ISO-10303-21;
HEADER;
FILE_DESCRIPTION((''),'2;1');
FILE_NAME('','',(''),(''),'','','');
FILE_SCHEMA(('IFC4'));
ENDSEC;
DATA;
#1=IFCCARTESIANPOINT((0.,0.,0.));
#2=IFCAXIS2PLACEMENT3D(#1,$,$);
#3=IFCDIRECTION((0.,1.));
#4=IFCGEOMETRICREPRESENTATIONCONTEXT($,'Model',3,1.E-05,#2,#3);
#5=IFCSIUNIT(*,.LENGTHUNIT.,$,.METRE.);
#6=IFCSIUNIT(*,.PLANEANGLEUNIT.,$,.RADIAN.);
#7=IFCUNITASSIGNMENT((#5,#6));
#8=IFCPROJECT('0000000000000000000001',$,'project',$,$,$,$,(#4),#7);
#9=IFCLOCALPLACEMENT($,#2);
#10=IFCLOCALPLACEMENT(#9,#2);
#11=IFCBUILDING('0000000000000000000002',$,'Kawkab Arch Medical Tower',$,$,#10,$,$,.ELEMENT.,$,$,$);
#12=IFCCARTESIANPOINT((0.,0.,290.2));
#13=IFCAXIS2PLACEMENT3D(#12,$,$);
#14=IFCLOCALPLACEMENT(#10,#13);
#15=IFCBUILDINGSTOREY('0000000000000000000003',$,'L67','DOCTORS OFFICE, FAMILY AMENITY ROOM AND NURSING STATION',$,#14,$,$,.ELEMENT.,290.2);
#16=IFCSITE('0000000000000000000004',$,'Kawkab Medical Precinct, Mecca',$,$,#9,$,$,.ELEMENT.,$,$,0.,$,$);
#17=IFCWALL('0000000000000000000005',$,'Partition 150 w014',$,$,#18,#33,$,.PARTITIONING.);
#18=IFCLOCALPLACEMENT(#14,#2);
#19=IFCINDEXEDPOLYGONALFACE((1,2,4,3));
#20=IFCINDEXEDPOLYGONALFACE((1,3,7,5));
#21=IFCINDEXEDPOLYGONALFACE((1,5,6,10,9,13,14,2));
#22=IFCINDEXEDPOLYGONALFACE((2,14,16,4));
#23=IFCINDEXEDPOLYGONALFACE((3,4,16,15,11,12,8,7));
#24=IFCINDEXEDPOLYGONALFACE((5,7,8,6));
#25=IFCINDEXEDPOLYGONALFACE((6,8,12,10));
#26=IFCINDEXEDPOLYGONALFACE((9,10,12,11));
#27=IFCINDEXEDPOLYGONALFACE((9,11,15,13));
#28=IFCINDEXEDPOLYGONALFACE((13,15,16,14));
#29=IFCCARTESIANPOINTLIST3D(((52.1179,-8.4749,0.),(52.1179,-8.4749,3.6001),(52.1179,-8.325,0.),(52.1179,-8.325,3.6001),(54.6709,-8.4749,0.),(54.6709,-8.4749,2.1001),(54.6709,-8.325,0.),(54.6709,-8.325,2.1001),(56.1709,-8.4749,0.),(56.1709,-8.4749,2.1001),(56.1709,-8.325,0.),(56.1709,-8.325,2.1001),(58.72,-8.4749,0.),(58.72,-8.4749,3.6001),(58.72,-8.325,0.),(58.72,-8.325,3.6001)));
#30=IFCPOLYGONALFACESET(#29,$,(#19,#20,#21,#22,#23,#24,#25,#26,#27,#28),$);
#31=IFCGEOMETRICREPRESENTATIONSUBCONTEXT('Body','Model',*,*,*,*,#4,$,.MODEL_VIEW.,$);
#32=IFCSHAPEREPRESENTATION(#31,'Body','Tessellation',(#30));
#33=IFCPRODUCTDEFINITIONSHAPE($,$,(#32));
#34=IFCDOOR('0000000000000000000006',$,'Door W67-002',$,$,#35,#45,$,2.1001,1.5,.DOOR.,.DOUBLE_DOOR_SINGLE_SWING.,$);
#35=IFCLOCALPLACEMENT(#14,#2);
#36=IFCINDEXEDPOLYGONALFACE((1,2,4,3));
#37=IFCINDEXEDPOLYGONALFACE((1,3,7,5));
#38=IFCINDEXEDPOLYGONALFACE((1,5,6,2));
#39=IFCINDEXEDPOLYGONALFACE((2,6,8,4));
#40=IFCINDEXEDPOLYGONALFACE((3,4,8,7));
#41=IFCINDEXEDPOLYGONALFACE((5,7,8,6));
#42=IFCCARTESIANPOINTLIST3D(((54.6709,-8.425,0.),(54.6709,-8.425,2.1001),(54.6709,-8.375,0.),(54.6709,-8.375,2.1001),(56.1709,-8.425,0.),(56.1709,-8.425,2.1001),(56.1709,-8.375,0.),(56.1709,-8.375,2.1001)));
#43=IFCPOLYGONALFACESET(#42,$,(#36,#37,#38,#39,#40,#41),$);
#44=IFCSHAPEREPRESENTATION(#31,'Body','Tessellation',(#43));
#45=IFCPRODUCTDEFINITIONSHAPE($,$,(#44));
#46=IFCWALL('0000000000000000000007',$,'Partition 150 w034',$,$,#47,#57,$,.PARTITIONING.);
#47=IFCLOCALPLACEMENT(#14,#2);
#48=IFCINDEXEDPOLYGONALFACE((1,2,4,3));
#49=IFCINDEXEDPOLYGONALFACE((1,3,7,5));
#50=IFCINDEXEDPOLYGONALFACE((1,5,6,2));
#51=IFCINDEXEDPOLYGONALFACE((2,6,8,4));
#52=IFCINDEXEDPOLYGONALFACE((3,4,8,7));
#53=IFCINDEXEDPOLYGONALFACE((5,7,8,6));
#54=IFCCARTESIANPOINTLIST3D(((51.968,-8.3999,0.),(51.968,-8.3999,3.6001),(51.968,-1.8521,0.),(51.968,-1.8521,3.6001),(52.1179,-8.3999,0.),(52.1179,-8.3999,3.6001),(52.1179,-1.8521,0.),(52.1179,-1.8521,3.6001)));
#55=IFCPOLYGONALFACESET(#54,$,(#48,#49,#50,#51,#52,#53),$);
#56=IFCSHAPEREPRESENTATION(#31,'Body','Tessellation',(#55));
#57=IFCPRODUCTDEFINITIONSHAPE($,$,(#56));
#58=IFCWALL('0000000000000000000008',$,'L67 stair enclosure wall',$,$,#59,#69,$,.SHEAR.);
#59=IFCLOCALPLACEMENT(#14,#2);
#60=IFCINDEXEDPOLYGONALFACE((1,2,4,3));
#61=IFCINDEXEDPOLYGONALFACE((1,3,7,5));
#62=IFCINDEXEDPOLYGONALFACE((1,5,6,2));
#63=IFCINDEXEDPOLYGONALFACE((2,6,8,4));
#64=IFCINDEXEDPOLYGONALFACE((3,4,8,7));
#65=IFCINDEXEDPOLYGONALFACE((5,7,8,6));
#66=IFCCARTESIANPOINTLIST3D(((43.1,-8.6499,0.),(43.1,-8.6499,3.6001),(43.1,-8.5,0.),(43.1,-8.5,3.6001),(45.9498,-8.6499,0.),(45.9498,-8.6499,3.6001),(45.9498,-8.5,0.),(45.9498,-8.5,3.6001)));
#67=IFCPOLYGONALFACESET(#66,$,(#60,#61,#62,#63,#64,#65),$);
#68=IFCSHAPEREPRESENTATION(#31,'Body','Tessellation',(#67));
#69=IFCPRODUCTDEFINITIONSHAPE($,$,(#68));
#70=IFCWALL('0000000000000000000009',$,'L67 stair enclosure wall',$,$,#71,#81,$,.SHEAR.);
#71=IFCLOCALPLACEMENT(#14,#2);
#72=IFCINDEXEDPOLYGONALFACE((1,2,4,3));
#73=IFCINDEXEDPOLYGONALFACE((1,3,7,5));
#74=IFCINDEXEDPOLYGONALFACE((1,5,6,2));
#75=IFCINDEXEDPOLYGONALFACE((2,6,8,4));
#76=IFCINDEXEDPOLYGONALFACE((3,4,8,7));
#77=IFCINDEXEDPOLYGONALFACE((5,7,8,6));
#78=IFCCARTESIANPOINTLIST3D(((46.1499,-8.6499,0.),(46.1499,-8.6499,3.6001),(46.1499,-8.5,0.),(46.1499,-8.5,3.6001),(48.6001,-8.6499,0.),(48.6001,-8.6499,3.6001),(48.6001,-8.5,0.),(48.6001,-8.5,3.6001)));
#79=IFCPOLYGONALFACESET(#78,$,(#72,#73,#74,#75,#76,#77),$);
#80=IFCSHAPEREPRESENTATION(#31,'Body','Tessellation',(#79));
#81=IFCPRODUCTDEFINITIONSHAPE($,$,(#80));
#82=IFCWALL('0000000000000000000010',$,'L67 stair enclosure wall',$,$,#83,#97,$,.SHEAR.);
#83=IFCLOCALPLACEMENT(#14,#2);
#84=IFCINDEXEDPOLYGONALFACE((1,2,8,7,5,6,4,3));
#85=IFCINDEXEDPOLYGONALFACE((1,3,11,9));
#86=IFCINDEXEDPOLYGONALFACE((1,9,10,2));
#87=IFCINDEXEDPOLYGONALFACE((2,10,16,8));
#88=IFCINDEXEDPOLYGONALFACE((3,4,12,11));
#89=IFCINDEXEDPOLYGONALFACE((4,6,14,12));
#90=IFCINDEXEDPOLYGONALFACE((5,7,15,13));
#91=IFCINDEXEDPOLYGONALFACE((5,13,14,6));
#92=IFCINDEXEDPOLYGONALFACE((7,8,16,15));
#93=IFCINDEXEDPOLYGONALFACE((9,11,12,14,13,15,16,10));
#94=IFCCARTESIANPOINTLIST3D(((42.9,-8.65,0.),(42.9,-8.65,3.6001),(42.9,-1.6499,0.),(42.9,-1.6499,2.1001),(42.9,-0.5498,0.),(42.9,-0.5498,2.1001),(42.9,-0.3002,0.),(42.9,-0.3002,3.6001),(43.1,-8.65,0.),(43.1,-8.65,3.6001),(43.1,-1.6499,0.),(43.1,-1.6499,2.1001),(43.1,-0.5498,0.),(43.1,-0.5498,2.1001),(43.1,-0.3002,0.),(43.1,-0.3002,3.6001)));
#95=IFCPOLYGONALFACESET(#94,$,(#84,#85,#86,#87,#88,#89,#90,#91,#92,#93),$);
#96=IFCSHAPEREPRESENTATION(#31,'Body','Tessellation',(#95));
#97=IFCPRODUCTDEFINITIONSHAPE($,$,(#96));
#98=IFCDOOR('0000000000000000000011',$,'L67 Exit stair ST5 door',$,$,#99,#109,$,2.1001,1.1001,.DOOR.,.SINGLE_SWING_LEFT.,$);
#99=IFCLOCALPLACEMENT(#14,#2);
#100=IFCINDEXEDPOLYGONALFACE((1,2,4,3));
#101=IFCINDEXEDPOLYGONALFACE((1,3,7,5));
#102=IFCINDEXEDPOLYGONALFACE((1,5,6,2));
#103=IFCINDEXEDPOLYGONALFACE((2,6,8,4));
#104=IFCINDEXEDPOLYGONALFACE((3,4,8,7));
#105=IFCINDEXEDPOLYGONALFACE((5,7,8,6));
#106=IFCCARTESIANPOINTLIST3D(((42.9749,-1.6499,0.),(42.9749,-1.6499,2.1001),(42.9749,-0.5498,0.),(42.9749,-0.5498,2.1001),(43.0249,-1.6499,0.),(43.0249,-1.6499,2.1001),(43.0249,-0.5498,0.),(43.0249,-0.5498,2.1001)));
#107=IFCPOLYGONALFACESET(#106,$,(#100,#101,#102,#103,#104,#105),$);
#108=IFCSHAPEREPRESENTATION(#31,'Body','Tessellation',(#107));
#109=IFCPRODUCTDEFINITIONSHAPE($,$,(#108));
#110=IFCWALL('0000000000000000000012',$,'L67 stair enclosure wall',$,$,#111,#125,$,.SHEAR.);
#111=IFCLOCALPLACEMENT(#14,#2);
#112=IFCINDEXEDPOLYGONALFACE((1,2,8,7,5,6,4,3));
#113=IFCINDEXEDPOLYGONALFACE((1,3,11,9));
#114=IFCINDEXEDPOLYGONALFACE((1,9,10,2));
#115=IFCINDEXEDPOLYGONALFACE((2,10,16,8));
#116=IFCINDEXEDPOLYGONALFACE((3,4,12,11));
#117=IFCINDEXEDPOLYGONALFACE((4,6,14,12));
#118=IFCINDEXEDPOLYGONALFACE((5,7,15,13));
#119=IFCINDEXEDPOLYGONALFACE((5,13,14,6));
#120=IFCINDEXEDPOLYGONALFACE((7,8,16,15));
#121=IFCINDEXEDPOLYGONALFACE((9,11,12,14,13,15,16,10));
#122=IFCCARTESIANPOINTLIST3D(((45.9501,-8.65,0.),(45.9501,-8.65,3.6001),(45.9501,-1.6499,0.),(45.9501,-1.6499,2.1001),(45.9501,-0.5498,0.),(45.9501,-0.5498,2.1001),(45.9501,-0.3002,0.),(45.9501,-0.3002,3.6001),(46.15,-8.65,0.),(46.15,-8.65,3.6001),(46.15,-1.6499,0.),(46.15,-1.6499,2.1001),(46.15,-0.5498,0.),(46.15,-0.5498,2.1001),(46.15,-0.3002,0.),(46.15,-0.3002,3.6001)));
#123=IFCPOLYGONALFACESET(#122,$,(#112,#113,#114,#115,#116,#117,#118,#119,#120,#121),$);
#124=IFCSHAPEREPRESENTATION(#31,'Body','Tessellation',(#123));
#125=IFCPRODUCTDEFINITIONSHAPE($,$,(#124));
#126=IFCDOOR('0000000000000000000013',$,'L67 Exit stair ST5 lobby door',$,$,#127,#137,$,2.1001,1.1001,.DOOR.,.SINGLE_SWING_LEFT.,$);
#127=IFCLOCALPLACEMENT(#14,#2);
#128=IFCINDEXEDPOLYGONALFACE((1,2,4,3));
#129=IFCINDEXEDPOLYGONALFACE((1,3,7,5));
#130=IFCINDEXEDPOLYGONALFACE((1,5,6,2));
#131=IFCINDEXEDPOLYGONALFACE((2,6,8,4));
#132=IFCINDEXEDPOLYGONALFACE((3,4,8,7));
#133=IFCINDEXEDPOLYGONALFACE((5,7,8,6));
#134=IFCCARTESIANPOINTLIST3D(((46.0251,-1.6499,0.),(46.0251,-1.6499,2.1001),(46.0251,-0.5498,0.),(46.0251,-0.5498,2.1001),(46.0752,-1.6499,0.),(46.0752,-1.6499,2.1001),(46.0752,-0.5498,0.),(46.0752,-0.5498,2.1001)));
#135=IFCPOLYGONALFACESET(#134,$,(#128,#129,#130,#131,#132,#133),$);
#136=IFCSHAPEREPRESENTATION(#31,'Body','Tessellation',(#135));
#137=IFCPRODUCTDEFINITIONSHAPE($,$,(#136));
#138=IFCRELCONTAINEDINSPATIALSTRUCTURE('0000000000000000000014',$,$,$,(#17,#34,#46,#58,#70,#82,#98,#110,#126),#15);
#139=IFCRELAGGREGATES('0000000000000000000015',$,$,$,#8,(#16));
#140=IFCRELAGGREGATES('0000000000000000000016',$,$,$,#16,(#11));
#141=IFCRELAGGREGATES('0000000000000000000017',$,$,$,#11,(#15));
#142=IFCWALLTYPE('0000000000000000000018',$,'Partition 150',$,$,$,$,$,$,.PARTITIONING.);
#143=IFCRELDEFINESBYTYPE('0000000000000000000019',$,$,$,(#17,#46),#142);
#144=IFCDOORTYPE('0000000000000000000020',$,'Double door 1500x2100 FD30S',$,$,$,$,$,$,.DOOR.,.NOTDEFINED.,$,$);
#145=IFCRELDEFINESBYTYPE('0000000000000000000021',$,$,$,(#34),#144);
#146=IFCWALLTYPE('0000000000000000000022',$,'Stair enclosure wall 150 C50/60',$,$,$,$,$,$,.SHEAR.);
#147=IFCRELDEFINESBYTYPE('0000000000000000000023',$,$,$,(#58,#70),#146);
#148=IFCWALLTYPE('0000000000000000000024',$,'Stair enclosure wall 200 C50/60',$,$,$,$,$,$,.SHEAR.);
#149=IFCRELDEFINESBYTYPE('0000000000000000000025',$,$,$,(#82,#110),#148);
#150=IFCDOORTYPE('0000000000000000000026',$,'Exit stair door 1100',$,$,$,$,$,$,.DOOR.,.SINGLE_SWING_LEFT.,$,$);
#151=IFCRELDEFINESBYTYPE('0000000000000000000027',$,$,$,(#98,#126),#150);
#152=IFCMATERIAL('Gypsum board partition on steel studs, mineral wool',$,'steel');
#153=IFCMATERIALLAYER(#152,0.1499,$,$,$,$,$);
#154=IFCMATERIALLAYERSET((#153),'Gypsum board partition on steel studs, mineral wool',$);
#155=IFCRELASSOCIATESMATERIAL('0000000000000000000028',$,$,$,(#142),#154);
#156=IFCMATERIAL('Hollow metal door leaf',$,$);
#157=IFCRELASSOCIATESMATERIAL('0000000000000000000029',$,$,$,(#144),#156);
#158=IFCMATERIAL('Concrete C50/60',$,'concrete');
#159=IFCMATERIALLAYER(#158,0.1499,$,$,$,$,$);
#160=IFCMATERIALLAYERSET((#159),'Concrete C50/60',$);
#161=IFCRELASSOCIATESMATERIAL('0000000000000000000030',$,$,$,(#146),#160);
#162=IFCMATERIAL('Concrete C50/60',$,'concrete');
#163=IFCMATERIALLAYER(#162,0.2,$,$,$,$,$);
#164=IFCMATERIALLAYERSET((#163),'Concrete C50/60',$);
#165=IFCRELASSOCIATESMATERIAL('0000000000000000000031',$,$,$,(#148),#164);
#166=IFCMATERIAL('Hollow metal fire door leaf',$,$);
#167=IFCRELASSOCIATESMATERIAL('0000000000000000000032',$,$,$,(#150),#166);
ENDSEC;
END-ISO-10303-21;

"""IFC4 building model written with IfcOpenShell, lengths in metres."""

from ifc_helpers import new_model, si_unit, direction, frame, frame_2d, origin, place, context, subcontext, project, spatial, rectangle, extrude, material, layer, layer_set, type_object, element, fill, save


model = new_model("IFC4")

# Units and contexts
model_context = context("Model", 3, precision=1e-05, world=origin(), true_north=direction((0.0, 1.0)))
body_context = subcontext(model_context, "Body", "Model", "MODEL_VIEW")
ifc_project = project(units=[si_unit("LENGTHUNIT", "METRE"), si_unit("PLANEANGLEUNIT", "RADIAN")], contexts=[model_context])

# Site, building, storey
site_placement = place(None, origin())
site = spatial("IfcSite", under=ifc_project, at=site_placement, Name="Kawkab Medical Precinct, Mecca", CompositionType="ELEMENT", RefElevation=0.0)
building_placement = place(site_placement, origin())
building = spatial("IfcBuilding", under=site, at=building_placement, Name="Kawkab Arch Medical Tower", CompositionType="ELEMENT")
storey_placement = place(building_placement, frame((0.0, 0.0, 290.2)))
storey = spatial("IfcBuildingStorey", under=building, at=storey_placement, Name="L67", Description="DOCTORS OFFICE, FAMILY AMENITY ROOM AND NURSING STATION", CompositionType="ELEMENT", Elevation=290.2)

# Wall, opening, door
ifc_material_1 = material(Name="Gypsum board partition on steel studs, mineral wool", Category="steel")
ifc_layer_1 = layer(ifc_material_1, 0.1499)
ifc_layer_set_1 = layer_set([ifc_layer_1], Name="Gypsum board partition on steel studs, mineral wool")
wall_type_1 = type_object("IfcWallType", Name="Partition 150", PredefinedType="PARTITIONING", material=ifc_layer_set_1)
wall_1_placement = place(storey_placement, frame((52.1179, -8.3999, 0.0), z_axis=(0.0, 0.0, 1.0), x_axis=(1.0, 0.0, 0.0)))
wall_1 = element("IfcWall", 1, at=wall_1_placement, inside=storey, type_object=wall_type_1, Name="Partition 150 w014", PredefinedType="PARTITIONING", context=body_context, shape_type="SweptSolid", body=[
    extrude(rectangle(XDim=6.6021, YDim=0.1499, at=frame_2d((3.301, 0.0))), origin(), (0.0, 0.0, 1.0), 3.6001),
])
opening_1_placement = place(wall_1_placement, frame((2.553, 0.0, 0.0)))
opening_1 = element("IfcOpeningElement", 2, at=opening_1_placement, cuts=wall_1, PredefinedType="OPENING", context=body_context, shape_type="SweptSolid", body=[
    extrude(rectangle(XDim=1.5, YDim=2.1001, at=frame_2d((0.75, 1.05))), frame((0.0, 0.085, 0.0), z_axis=(0.0, -1.0, 0.0), x_axis=(1.0, 0.0, 0.0)), (0.0, 0.0, 1.0), 0.1699),
])
ifc_material_2 = material(Name="Hollow metal door leaf")
door_type_1 = type_object("IfcDoorType", Name="Double door 1500x2100 FD30S", OperationType="NOTDEFINED", PredefinedType="DOOR", material=ifc_material_2)
door_1_placement = place(opening_1_placement, origin())
door_1 = element("IfcDoor", 3, at=door_1_placement, inside=storey, type_object=door_type_1, Name="Door W67-002", OperationType="DOUBLE_DOOR_SINGLE_SWING", OverallHeight=2.1001, OverallWidth=1.5, PredefinedType="DOOR", context=body_context, shape_type="SweptSolid", body=[
    extrude(rectangle(XDim=1.5, YDim=2.1001, at=frame_2d((0.75, 1.05))), frame((0.0, 0.0249, 0.0), z_axis=(0.0, -1.0, 0.0), x_axis=(1.0, 0.0, 0.0)), (0.0, 0.0, 1.0), 0.05),
])
fill(opening_1, door_1)

# Walls
wall_2_placement = place(storey_placement, frame((52.043, -8.3999, 0.0), z_axis=(0.0, 0.0, 1.0), x_axis=(0.0, 1.0, 0.0)))
element("IfcWall", 4, at=wall_2_placement, inside=storey, type_object=wall_type_1, Name="Partition 150 w034", PredefinedType="PARTITIONING", context=body_context, shape_type="SweptSolid", body=[
    extrude(rectangle(XDim=6.5479, YDim=0.1499, at=frame_2d((3.2739, 0.0))), origin(), (0.0, 0.0, 1.0), 3.6001),
])
ifc_material_3 = material(Name="Concrete C50/60", Category="concrete")
ifc_layer_2 = layer(ifc_material_3, 0.1499)
ifc_layer_set_2 = layer_set([ifc_layer_2], Name="Concrete C50/60")
wall_type_2 = type_object("IfcWallType", Name="Stair enclosure wall 150 C50/60", PredefinedType="SHEAR", material=ifc_layer_set_2)
wall_3_placement = place(storey_placement, frame((43.1001, -8.575, 0.0), z_axis=(0.0, 0.0, 1.0), x_axis=(1.0, 0.0, 0.0)))
element("IfcWall", 5, at=wall_3_placement, inside=storey, type_object=wall_type_2, Name="L67 stair enclosure wall", PredefinedType="SHEAR", context=body_context, shape_type="SweptSolid", body=[
    extrude(rectangle(XDim=2.8499, YDim=0.1499, at=frame_2d((1.4248, 0.0))), origin(), (0.0, 0.0, 1.0), 3.6001),
])
wall_4_placement = place(storey_placement, frame((46.1499, -8.575, 0.0), z_axis=(0.0, 0.0, 1.0), x_axis=(1.0, 0.0, 0.0)))
element("IfcWall", 6, at=wall_4_placement, inside=storey, type_object=wall_type_2, Name="L67 stair enclosure wall", PredefinedType="SHEAR", context=body_context, shape_type="SweptSolid", body=[
    extrude(rectangle(XDim=2.4502, YDim=0.1499, at=frame_2d((1.2251, 0.0))), origin(), (0.0, 0.0, 1.0), 3.6001),
])

# Walls, openings, doors
ifc_material_4 = material(Name="Concrete C50/60", Category="concrete")
ifc_layer_3 = layer(ifc_material_4, 0.2)
ifc_layer_set_3 = layer_set([ifc_layer_3], Name="Concrete C50/60")
wall_type_3 = type_object("IfcWallType", Name="Stair enclosure wall 200 C50/60", PredefinedType="SHEAR", material=ifc_layer_set_3)
wall_5_placement = place(storey_placement, frame((43.0, -8.6499, 0.0), z_axis=(0.0, 0.0, 1.0), x_axis=(0.0, 1.0, 0.0)))
wall_5 = element("IfcWall", 7, at=wall_5_placement, inside=storey, type_object=wall_type_3, Name="L67 stair enclosure wall", PredefinedType="SHEAR", context=body_context, shape_type="SweptSolid", body=[
    extrude(rectangle(XDim=8.3499, YDim=0.2, at=frame_2d((4.1748, 0.0))), origin(), (0.0, 0.0, 1.0), 3.6001),
])
opening_2_placement = place(wall_5_placement, frame((7.0, 0.0, 0.0)))
opening_2 = element("IfcOpeningElement", 8, at=opening_2_placement, cuts=wall_5, PredefinedType="OPENING", context=body_context, shape_type="SweptSolid", body=[
    extrude(rectangle(XDim=1.1001, YDim=2.1001, at=frame_2d((0.55, 1.05))), frame((0.0, 0.1099, 0.0), z_axis=(0.0, -1.0, 0.0), x_axis=(1.0, 0.0, 0.0)), (0.0, 0.0, 1.0), 0.22),
])
ifc_material_5 = material(Name="Hollow metal fire door leaf")
door_type_2 = type_object("IfcDoorType", Name="Exit stair door 1100", OperationType="SINGLE_SWING_LEFT", PredefinedType="DOOR", material=ifc_material_5)
door_2_placement = place(opening_2_placement, frame((1.1001, 0.0, 0.0), z_axis=(0.0, 0.0, 1.0), x_axis=(-1.0, 0.0, 0.0)))
door_2 = element("IfcDoor", 9, at=door_2_placement, inside=storey, type_object=door_type_2, Name="L67 Exit stair ST5 door", OperationType="SINGLE_SWING_LEFT", OverallHeight=2.1001, OverallWidth=1.1001, PredefinedType="DOOR", context=body_context, shape_type="SweptSolid", body=[
    extrude(rectangle(XDim=1.1001, YDim=2.1001, at=frame_2d((0.55, 1.05))), frame((0.0, 0.0249, 0.0), z_axis=(0.0, -1.0, 0.0), x_axis=(1.0, 0.0, 0.0)), (0.0, 0.0, 1.0), 0.05),
])
fill(opening_2, door_2)
wall_6_placement = place(storey_placement, frame((46.05, -8.6499, 0.0), z_axis=(0.0, 0.0, 1.0), x_axis=(0.0, 1.0, 0.0)))
wall_6 = element("IfcWall", 10, at=wall_6_placement, inside=storey, type_object=wall_type_3, Name="L67 stair enclosure wall", PredefinedType="SHEAR", context=body_context, shape_type="SweptSolid", body=[
    extrude(rectangle(XDim=8.3499, YDim=0.2, at=frame_2d((4.1748, 0.0))), origin(), (0.0, 0.0, 1.0), 3.6001),
])
opening_3_placement = place(wall_6_placement, frame((7.0, 0.0, 0.0)))
opening_3 = element("IfcOpeningElement", 11, at=opening_3_placement, cuts=wall_6, PredefinedType="OPENING", context=body_context, shape_type="SweptSolid", body=[
    extrude(rectangle(XDim=1.1001, YDim=2.1001, at=frame_2d((0.55, 1.05))), frame((0.0, 0.1099, 0.0), z_axis=(0.0, -1.0, 0.0), x_axis=(1.0, 0.0, 0.0)), (0.0, 0.0, 1.0), 0.22),
])
door_3_placement = place(opening_3_placement, origin())
door_3 = element("IfcDoor", 12, at=door_3_placement, inside=storey, type_object=door_type_2, Name="L67 Exit stair ST5 lobby door", OperationType="SINGLE_SWING_LEFT", OverallHeight=2.1001, OverallWidth=1.1001, PredefinedType="DOOR", context=body_context, shape_type="SweptSolid", body=[
    extrude(rectangle(XDim=1.1001, YDim=2.1001, at=frame_2d((0.55, 1.05))), frame((0.0, 0.0249, 0.0), z_axis=(0.0, -1.0, 0.0), x_axis=(1.0, 0.0, 0.0)), (0.0, 0.0, 1.0), 0.05),
])
fill(opening_3, door_3)

save(model, "model.ifc")
